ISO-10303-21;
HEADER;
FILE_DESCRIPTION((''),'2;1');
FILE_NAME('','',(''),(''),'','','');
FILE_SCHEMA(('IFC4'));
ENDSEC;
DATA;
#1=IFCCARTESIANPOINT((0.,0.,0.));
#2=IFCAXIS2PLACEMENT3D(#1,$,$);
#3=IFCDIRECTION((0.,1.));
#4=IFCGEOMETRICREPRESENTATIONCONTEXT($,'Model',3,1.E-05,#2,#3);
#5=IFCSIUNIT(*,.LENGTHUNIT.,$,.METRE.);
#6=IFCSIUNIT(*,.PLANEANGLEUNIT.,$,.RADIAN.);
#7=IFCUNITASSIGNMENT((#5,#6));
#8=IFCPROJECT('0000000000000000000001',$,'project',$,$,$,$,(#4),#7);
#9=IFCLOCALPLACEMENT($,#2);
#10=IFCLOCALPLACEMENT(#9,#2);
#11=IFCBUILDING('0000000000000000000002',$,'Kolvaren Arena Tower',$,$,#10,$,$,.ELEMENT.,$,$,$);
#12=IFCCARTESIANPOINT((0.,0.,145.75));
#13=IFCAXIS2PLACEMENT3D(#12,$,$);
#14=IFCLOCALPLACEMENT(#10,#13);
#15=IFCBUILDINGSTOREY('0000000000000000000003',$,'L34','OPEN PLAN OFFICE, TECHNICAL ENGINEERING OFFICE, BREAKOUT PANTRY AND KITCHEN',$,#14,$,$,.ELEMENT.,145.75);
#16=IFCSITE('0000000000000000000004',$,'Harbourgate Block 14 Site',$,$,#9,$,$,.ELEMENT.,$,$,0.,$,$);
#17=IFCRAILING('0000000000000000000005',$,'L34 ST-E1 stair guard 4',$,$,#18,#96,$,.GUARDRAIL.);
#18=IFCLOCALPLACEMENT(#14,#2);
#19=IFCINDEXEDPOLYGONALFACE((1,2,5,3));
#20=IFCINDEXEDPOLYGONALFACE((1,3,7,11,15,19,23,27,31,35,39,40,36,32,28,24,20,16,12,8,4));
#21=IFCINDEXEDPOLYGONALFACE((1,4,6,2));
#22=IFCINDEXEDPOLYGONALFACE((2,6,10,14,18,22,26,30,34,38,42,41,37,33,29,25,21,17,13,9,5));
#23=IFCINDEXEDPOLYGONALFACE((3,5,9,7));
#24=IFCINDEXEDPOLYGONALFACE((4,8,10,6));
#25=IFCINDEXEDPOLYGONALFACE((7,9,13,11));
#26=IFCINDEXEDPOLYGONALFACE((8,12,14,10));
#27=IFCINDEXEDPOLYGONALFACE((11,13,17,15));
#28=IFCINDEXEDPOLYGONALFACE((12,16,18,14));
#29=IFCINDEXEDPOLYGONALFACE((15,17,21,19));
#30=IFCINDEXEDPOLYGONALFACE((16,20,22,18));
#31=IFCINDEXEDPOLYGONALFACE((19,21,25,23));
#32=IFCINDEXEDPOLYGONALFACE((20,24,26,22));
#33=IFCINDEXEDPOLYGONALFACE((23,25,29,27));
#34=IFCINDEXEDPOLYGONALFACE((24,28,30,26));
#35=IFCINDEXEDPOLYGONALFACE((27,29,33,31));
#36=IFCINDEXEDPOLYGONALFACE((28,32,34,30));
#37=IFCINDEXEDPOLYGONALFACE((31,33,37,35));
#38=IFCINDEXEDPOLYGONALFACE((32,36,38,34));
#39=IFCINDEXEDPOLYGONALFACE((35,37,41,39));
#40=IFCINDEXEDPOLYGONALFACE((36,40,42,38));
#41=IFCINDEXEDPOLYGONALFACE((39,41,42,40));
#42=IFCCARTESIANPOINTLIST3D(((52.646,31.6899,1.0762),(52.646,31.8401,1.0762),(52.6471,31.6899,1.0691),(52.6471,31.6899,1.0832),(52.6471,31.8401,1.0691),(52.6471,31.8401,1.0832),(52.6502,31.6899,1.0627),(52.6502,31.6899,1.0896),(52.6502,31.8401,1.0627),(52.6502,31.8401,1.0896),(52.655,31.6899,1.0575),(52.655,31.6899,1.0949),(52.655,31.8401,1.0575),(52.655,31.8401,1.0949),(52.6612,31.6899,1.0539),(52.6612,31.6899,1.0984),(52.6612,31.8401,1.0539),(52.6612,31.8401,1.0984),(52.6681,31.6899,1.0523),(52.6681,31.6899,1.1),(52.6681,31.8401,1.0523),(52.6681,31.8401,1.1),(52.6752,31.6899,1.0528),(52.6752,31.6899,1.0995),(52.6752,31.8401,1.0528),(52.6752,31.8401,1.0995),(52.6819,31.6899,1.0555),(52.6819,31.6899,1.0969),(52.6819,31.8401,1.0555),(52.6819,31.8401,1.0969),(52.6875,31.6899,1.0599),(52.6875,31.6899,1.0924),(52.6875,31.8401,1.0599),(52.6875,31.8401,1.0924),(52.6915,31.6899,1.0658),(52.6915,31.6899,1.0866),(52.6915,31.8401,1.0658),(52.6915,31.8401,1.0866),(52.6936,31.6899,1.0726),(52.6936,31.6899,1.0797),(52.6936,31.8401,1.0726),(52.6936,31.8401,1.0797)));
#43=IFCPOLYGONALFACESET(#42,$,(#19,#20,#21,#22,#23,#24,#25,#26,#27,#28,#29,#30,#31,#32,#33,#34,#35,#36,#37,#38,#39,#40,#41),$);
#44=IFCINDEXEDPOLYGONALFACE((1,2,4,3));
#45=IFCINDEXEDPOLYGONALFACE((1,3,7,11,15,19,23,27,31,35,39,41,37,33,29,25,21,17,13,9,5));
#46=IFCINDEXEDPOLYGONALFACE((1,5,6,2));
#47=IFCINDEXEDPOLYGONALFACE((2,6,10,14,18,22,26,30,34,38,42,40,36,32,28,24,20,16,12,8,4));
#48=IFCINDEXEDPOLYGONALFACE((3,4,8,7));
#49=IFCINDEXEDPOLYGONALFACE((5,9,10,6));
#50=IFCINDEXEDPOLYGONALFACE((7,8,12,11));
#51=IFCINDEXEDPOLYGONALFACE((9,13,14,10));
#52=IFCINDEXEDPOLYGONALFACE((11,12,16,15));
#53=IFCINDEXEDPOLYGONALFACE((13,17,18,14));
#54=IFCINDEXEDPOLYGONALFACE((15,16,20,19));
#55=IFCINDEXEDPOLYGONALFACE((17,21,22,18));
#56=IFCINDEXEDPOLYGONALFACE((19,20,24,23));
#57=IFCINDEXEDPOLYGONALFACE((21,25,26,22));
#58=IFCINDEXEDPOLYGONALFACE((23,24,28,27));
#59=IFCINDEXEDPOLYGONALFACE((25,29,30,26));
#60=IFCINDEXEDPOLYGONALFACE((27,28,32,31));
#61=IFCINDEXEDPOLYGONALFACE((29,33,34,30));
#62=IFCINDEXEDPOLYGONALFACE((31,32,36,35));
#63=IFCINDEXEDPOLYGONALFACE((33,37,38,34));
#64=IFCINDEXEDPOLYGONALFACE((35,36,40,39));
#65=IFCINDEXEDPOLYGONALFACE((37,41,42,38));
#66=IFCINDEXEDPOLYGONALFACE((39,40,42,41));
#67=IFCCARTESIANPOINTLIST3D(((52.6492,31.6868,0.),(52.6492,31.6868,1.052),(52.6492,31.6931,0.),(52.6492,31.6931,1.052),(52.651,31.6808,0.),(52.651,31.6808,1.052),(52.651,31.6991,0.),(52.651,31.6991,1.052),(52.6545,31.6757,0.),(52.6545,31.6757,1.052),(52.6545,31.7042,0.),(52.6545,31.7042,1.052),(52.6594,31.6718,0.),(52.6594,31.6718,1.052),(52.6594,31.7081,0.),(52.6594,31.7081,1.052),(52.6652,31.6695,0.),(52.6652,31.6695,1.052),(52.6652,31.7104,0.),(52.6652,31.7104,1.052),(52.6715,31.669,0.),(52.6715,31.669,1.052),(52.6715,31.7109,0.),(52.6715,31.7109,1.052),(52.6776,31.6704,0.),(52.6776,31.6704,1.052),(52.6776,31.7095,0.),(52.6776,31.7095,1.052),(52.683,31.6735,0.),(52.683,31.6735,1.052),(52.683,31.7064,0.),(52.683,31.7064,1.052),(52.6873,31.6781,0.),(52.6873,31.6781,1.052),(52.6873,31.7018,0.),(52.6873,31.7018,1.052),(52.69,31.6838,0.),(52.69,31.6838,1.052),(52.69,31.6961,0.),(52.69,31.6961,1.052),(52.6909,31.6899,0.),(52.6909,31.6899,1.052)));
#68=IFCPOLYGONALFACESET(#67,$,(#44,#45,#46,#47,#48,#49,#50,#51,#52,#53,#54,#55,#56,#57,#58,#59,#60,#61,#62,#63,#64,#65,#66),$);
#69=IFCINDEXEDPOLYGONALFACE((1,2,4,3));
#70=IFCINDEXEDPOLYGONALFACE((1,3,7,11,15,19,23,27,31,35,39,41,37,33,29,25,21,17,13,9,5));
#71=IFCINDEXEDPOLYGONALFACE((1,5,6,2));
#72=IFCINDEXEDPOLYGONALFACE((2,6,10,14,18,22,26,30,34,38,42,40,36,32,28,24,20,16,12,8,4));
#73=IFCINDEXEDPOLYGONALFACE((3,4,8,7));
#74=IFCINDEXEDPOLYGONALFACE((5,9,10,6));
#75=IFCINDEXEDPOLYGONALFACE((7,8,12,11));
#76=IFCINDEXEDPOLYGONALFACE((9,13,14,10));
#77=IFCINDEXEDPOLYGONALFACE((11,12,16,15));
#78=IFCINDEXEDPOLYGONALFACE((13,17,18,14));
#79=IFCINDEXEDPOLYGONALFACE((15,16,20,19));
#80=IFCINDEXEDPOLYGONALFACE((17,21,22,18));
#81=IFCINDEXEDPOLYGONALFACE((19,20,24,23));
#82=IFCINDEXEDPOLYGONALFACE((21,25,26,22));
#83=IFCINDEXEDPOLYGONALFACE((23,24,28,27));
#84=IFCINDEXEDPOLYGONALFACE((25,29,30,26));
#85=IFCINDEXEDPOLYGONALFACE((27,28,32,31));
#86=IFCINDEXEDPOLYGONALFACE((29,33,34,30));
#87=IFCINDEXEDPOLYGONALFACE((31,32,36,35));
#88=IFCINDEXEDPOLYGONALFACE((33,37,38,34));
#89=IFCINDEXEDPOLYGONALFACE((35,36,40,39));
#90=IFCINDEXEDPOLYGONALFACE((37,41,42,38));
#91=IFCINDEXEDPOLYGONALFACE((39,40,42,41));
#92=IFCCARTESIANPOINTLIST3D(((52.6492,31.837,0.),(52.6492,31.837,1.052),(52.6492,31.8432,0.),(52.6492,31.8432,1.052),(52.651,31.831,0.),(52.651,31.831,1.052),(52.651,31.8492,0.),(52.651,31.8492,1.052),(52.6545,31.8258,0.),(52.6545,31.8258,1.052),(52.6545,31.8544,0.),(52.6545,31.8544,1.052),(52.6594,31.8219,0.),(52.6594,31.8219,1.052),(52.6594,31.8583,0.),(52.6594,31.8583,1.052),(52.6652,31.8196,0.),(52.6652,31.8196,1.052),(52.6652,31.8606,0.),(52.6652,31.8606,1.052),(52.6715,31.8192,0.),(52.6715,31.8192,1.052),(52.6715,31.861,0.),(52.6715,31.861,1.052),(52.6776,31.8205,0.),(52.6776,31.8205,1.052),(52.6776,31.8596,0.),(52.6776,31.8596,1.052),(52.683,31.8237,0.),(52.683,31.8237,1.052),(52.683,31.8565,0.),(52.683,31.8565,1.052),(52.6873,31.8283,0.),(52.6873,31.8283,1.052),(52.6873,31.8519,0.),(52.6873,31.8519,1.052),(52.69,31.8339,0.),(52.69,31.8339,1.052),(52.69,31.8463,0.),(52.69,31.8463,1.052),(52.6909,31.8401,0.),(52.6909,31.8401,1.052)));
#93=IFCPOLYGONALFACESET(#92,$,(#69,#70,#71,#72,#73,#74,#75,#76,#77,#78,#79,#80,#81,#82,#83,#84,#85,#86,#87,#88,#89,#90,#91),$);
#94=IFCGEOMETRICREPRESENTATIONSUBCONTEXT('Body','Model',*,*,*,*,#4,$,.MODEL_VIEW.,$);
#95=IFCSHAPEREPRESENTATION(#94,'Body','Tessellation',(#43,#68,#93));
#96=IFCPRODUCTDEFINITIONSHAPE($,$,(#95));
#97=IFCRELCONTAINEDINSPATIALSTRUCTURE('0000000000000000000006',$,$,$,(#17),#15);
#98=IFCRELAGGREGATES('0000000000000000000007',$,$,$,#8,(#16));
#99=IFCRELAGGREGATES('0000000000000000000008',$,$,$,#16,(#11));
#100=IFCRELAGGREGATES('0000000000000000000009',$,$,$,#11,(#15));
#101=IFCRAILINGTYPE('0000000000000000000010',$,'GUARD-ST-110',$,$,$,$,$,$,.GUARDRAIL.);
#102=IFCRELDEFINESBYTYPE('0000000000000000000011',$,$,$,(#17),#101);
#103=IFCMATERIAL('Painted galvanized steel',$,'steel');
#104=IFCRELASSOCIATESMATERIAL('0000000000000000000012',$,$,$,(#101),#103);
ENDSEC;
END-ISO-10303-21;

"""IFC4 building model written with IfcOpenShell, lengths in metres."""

from ifc_helpers import new_model, si_unit, direction, frame, origin, origin_2d, place, context, subcontext, project, spatial, circle, extrude, material, type_object, element, save


model = new_model("IFC4")

# Units and contexts
model_context = context("Model", 3, precision=1e-05, world=origin(), true_north=direction((0.0, 1.0)))
body_context = subcontext(model_context, "Body", "Model", "MODEL_VIEW")
ifc_project = project(units=[si_unit("LENGTHUNIT", "METRE"), si_unit("PLANEANGLEUNIT", "RADIAN")], contexts=[model_context])

# Site, building, storey
site_placement = place(None, origin())
site = spatial("IfcSite", under=ifc_project, at=site_placement, Name="Harbourgate Block 14 Site", CompositionType="ELEMENT", RefElevation=0.0)
building_placement = place(site_placement, origin())
building = spatial("IfcBuilding", under=site, at=building_placement, Name="Kolvaren Arena Tower", CompositionType="ELEMENT")
storey_placement = place(building_placement, frame((0.0, 0.0, 145.75)))
storey = spatial("IfcBuildingStorey", under=building, at=storey_placement, Name="L34", Description="OPEN PLAN OFFICE, TECHNICAL ENGINEERING OFFICE, BREAKOUT PANTRY AND KITCHEN", CompositionType="ELEMENT", Elevation=145.75)

# Railing
ifc_material_1 = material(Name="Painted galvanized steel", Category="steel")
railing_type_1 = type_object("IfcRailingType", Name="GUARD-ST-110", PredefinedType="GUARDRAIL", material=ifc_material_1)
railing_1_placement = place(storey_placement, frame((52.6699, 31.6899, 0.0)))
element("IfcRailing", 1, at=railing_1_placement, inside=storey, type_object=railing_type_1, Name="L34 ST-E1 stair guard 4", PredefinedType="GUARDRAIL", context=body_context, shape_type="SweptSolid", body=[
    extrude(circle(Radius=0.0239, at=origin_2d()), frame((0.0, 0.0, 1.0762), z_axis=(0.0, 1.0, 0.0), x_axis=(-1.0, 0.0, 0.0)), (0.0, 0.0, 1.0), 0.1501),
    extrude(circle(Radius=0.021, at=origin_2d()), origin(), (0.0, 0.0, 1.0), 1.052),
    extrude(circle(Radius=0.021, at=origin_2d()), frame((0.0, 0.1501, 0.0)), (0.0, 0.0, 1.0), 1.052),
])

save(model, "model.ifc")
